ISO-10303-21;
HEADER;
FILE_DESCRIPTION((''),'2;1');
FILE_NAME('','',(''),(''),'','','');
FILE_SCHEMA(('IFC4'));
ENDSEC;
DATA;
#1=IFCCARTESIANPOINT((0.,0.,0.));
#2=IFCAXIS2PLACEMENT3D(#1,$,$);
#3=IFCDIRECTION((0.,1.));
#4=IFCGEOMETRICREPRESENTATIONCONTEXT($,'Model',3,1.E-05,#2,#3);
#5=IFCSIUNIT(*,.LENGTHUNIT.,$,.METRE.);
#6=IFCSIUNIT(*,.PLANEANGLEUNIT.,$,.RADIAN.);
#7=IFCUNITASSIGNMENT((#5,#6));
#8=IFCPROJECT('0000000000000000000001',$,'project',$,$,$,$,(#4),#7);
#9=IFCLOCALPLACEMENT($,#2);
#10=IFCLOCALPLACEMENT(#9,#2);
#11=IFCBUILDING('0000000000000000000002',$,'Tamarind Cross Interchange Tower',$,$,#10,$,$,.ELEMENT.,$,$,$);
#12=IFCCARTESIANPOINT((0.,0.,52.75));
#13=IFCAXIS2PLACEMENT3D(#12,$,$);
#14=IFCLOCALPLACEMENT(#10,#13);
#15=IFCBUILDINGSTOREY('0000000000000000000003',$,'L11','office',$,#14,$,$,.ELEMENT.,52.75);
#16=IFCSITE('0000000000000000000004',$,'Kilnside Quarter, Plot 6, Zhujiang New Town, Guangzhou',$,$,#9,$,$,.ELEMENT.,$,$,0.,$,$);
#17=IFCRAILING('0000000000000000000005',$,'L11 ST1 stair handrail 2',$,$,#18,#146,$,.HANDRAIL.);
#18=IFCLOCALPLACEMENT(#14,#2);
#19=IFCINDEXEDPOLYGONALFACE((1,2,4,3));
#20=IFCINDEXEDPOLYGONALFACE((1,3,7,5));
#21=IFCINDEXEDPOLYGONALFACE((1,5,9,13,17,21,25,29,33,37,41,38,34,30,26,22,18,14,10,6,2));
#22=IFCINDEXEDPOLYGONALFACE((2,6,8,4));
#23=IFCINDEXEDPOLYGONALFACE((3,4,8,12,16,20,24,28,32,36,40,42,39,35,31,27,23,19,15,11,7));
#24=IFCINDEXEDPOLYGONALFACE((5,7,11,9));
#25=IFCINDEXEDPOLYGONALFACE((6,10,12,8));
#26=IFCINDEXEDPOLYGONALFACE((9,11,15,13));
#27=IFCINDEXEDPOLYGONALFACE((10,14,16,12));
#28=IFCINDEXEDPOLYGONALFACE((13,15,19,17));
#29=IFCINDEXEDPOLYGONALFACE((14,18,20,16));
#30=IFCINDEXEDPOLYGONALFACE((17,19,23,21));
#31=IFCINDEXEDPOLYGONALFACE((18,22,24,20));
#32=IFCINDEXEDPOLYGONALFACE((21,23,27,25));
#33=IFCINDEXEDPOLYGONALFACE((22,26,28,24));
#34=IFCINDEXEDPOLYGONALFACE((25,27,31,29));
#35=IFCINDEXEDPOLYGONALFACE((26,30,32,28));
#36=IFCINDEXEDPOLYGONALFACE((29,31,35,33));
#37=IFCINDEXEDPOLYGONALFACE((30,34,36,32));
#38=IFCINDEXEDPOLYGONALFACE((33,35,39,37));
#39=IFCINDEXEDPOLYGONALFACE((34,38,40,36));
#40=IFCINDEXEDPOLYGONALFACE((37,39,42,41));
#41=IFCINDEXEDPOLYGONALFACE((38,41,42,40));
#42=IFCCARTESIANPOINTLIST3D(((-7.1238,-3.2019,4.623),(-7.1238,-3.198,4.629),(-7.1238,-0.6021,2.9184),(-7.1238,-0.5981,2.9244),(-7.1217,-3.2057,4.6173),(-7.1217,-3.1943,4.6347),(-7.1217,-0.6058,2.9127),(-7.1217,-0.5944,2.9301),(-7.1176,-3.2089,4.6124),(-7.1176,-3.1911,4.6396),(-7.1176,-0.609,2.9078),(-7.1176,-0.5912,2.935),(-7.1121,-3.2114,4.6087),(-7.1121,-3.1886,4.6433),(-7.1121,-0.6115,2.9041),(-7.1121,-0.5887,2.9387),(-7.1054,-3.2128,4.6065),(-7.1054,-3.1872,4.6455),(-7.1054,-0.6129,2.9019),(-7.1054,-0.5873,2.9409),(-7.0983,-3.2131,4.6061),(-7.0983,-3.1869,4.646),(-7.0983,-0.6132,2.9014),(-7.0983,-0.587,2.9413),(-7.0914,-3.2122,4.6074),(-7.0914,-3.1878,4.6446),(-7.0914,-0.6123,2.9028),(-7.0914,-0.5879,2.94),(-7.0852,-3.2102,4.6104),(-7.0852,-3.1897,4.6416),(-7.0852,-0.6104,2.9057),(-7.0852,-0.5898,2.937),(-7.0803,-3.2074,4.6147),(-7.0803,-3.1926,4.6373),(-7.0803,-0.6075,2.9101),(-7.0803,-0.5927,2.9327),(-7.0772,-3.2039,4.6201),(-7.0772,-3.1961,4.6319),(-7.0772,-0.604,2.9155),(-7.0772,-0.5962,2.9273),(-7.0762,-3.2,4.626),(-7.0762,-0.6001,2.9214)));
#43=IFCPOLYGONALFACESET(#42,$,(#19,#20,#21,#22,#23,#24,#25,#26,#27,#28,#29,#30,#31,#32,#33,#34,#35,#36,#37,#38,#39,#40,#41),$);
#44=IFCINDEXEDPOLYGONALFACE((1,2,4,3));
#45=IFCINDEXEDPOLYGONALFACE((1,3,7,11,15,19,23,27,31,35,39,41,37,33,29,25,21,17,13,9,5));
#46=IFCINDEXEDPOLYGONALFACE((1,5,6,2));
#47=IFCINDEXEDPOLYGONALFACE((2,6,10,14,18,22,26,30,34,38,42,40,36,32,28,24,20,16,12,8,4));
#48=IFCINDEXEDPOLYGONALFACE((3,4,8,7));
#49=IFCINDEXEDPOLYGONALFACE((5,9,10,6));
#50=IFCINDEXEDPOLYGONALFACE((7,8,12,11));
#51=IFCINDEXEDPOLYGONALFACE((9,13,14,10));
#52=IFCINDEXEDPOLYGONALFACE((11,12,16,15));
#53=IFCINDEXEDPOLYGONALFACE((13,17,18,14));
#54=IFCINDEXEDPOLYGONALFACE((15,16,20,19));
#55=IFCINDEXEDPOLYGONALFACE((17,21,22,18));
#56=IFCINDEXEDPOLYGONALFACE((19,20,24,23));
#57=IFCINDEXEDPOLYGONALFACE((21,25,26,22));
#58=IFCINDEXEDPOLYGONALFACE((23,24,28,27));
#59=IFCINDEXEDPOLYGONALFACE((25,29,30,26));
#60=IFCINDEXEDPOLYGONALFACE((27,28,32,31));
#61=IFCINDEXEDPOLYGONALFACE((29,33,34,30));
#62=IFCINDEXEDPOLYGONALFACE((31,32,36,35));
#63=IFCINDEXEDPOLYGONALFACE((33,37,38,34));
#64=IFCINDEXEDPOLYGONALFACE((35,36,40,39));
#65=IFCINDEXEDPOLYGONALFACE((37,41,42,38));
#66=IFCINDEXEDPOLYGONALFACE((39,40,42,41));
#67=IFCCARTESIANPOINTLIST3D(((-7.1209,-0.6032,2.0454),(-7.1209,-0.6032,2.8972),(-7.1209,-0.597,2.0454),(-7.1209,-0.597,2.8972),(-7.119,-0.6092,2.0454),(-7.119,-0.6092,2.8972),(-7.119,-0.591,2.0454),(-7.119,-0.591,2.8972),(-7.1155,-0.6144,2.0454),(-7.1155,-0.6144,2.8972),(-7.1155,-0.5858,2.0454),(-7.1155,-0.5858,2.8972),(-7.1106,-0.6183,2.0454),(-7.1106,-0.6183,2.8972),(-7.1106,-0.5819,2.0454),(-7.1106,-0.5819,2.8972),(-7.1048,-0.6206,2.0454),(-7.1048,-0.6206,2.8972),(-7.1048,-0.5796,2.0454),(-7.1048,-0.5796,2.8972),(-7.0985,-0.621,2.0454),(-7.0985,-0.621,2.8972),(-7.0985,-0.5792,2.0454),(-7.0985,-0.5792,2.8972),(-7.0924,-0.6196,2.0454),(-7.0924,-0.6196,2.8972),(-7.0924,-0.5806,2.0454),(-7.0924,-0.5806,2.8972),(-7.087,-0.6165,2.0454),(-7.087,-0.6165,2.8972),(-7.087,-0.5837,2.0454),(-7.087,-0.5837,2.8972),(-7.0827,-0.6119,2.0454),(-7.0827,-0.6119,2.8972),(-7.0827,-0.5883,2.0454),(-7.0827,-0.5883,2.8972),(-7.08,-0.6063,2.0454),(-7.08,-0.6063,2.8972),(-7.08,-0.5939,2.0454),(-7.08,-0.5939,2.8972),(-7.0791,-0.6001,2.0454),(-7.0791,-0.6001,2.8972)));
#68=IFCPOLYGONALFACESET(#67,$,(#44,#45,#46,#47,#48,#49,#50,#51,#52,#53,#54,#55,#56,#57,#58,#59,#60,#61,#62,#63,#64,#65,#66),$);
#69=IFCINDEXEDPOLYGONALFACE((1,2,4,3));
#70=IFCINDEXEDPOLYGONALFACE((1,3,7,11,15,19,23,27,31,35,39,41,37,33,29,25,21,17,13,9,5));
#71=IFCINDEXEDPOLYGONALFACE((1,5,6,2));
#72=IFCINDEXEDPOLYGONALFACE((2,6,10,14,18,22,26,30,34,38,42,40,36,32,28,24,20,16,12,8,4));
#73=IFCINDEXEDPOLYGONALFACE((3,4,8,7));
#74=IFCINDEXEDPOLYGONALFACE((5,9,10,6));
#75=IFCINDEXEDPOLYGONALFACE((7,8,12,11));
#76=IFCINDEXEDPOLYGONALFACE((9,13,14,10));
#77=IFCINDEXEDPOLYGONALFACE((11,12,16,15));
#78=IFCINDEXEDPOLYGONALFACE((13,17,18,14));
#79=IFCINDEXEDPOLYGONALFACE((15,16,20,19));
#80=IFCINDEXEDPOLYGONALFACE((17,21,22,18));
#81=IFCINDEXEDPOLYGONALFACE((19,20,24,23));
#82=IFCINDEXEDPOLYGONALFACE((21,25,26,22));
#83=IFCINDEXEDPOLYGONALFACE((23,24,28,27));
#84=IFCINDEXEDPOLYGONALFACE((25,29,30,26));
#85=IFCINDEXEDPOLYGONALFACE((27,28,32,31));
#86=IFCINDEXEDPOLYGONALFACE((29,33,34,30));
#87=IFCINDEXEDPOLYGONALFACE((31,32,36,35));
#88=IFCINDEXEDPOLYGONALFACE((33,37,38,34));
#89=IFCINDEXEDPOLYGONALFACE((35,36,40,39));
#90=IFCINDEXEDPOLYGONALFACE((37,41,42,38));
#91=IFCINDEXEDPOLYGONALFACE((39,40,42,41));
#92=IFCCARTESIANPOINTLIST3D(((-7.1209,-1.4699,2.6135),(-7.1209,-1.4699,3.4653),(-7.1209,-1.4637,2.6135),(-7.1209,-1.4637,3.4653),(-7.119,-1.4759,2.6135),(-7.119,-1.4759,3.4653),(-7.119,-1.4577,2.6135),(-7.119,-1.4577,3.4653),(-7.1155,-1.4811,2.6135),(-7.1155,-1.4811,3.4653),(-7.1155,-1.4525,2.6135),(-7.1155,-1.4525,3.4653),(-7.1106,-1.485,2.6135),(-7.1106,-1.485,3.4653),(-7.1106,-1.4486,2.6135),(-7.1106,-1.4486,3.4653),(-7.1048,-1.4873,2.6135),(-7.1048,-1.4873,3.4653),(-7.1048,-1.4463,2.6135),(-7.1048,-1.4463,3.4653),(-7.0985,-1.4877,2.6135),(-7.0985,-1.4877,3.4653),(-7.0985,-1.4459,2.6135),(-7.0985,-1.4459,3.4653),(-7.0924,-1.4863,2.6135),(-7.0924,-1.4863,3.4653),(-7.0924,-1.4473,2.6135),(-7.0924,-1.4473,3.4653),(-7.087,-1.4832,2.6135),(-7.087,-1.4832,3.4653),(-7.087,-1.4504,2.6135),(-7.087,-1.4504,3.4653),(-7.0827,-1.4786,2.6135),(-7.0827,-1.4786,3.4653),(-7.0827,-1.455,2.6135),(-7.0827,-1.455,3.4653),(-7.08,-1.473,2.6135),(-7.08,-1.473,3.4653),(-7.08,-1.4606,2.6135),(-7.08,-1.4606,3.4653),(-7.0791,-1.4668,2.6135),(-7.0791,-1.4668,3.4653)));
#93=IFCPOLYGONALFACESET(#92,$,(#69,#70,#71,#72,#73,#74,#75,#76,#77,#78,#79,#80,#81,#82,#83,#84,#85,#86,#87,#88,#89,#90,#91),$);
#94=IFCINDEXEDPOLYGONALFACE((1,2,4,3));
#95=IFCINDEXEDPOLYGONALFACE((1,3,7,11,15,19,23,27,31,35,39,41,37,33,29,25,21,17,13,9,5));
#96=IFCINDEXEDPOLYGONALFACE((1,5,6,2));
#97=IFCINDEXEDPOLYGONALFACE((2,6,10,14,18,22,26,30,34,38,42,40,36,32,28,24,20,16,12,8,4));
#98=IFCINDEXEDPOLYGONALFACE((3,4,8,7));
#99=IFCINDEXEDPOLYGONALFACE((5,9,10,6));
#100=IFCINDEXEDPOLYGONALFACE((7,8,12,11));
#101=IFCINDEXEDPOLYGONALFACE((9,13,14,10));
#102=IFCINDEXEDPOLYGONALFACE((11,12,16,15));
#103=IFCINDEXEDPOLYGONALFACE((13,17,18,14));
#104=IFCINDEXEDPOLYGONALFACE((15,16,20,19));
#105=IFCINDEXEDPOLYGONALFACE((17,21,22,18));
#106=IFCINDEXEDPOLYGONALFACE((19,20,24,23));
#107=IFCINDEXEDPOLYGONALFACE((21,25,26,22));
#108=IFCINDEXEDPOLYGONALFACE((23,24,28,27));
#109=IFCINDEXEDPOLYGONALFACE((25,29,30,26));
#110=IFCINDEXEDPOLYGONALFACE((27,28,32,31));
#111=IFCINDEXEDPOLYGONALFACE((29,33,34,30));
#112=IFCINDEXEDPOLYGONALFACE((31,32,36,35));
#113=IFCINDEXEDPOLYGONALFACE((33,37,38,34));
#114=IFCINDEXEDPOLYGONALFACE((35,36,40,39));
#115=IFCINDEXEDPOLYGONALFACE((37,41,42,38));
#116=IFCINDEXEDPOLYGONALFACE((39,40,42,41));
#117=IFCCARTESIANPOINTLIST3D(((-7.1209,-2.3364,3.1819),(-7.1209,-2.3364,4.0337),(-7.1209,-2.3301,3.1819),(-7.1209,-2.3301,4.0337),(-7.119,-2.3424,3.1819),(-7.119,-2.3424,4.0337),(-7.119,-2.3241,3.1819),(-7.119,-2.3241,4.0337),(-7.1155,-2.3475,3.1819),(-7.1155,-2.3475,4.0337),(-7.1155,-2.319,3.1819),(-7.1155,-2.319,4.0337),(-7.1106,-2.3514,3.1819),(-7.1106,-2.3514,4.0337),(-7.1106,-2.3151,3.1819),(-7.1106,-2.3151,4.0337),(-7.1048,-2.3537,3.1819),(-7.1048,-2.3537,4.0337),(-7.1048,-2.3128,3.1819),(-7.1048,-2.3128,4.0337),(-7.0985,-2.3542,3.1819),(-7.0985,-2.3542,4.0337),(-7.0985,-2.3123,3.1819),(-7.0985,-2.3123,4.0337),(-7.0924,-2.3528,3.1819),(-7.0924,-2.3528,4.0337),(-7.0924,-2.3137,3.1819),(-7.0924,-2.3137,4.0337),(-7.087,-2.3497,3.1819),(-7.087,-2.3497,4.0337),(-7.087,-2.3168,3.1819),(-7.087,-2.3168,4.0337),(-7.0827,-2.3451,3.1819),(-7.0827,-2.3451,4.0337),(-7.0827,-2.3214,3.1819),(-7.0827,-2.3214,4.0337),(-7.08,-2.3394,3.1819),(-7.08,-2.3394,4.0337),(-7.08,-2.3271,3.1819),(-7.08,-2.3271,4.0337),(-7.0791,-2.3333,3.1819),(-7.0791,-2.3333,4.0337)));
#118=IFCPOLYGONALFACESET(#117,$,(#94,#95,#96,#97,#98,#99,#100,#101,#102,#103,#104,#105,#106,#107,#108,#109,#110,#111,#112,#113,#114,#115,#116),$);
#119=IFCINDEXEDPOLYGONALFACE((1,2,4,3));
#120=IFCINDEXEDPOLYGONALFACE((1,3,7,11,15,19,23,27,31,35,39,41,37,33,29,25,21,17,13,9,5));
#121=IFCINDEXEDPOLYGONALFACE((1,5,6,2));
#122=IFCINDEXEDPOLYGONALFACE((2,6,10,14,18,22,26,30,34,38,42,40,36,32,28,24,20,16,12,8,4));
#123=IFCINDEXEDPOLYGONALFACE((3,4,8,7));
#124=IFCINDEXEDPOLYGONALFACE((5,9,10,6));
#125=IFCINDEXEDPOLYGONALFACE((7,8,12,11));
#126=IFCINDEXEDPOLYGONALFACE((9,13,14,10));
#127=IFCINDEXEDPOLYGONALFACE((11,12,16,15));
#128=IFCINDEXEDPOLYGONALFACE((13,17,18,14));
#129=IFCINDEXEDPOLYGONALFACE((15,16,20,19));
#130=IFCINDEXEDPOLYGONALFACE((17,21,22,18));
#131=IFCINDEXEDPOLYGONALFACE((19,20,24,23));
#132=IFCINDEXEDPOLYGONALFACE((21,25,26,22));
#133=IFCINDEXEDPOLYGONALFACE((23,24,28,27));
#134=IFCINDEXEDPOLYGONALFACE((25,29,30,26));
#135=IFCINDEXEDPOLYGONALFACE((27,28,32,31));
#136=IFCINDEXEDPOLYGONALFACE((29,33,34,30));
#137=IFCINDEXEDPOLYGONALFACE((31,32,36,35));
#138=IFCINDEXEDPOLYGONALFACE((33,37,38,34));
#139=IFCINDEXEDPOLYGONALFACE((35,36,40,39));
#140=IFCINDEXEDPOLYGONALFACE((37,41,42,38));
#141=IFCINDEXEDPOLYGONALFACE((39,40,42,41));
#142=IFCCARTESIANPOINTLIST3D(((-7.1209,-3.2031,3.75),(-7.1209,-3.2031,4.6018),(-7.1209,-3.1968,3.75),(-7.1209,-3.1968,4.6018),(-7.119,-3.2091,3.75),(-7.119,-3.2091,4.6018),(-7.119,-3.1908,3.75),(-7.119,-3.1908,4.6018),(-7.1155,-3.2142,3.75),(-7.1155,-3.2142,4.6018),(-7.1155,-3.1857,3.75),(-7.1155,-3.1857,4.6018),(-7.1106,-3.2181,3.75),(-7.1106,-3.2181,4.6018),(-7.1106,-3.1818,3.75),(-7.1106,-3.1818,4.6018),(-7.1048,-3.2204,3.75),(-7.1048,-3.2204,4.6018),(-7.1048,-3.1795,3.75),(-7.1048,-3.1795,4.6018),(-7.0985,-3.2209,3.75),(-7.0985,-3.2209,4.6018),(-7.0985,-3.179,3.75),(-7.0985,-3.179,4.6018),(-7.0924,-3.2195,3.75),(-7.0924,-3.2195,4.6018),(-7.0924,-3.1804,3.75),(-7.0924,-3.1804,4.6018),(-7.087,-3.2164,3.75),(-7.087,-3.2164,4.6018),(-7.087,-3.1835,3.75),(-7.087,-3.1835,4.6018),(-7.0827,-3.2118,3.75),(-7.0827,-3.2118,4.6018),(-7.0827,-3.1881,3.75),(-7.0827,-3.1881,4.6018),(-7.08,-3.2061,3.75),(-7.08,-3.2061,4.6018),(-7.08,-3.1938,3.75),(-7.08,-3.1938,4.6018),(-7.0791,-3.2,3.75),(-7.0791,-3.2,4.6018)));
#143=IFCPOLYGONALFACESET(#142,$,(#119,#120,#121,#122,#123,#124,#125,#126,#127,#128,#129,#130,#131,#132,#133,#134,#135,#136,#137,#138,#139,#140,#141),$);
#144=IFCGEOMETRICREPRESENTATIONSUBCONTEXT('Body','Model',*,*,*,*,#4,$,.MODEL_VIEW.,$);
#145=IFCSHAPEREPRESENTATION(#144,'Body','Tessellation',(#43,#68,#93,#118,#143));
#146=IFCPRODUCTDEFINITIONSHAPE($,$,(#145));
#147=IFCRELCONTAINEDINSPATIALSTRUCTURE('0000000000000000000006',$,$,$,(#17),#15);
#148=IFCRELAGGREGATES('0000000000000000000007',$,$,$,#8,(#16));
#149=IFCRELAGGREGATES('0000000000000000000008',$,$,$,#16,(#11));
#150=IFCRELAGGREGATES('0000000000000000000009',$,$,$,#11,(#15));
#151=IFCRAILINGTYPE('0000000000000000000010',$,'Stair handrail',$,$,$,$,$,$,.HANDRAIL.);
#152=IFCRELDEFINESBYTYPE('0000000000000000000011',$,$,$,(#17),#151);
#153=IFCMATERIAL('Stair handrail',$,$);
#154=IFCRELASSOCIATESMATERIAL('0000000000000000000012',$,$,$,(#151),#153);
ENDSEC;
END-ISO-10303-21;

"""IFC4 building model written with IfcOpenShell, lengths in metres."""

from ifc_helpers import new_model, si_unit, direction, frame, origin, origin_2d, place, context, subcontext, project, spatial, circle, extrude, material, type_object, element, save


model = new_model("IFC4")

# Units and contexts
model_context = context("Model", 3, precision=1e-05, world=origin(), true_north=direction((0.0, 1.0)))
body_context = subcontext(model_context, "Body", "Model", "MODEL_VIEW")
ifc_project = project(units=[si_unit("LENGTHUNIT", "METRE"), si_unit("PLANEANGLEUNIT", "RADIAN")], contexts=[model_context])

# Site, building, storey
site_placement = place(None, origin())
site = spatial("IfcSite", under=ifc_project, at=site_placement, Name="Kilnside Quarter, Plot 6, Zhujiang New Town, Guangzhou", CompositionType="ELEMENT", RefElevation=0.0)
building_placement = place(site_placement, origin())
building = spatial("IfcBuilding", under=site, at=building_placement, Name="Tamarind Cross Interchange Tower", CompositionType="ELEMENT")
storey_placement = place(building_placement, frame((0.0, 0.0, 52.75)))
storey = spatial("IfcBuildingStorey", under=building, at=storey_placement, Name="L11", Description="office", CompositionType="ELEMENT", Elevation=52.75)

# Railing
ifc_material_1 = material(Name="Stair handrail")
railing_type_1 = type_object("IfcRailingType", Name="Stair handrail", PredefinedType="HANDRAIL", material=ifc_material_1)
railing_1_placement = place(storey_placement, frame((-7.1001, -0.6001, 2.0454)))
element("IfcRailing", 1, at=railing_1_placement, inside=storey, type_object=railing_type_1, Name="L11 ST1 stair handrail 2", PredefinedType="HANDRAIL", context=body_context, shape_type="SweptSolid", body=[
    extrude(circle(Radius=0.0239, at=origin_2d()), frame((0.0, 0.0, 0.876), z_axis=(0.0, -0.836279, 0.548305), x_axis=(1.0, 0.0, 0.0)), (0.0, 0.0, 1.0), 3.1089),
    extrude(circle(Radius=0.021, at=origin_2d()), origin(), (0.0, 0.0, 1.0), 0.8518),
    extrude(circle(Radius=0.021, at=origin_2d()), frame((0.0, -0.8667, 0.5681)), (0.0, 0.0, 1.0), 0.8518),
    extrude(circle(Radius=0.021, at=origin_2d()), frame((0.0, -1.7332, 1.1365)), (0.0, 0.0, 1.0), 0.8518),
    extrude(circle(Radius=0.021, at=origin_2d()), frame((0.0, -2.5999, 1.7046)), (0.0, 0.0, 1.0), 0.8518),
])

save(model, "model.ifc")
